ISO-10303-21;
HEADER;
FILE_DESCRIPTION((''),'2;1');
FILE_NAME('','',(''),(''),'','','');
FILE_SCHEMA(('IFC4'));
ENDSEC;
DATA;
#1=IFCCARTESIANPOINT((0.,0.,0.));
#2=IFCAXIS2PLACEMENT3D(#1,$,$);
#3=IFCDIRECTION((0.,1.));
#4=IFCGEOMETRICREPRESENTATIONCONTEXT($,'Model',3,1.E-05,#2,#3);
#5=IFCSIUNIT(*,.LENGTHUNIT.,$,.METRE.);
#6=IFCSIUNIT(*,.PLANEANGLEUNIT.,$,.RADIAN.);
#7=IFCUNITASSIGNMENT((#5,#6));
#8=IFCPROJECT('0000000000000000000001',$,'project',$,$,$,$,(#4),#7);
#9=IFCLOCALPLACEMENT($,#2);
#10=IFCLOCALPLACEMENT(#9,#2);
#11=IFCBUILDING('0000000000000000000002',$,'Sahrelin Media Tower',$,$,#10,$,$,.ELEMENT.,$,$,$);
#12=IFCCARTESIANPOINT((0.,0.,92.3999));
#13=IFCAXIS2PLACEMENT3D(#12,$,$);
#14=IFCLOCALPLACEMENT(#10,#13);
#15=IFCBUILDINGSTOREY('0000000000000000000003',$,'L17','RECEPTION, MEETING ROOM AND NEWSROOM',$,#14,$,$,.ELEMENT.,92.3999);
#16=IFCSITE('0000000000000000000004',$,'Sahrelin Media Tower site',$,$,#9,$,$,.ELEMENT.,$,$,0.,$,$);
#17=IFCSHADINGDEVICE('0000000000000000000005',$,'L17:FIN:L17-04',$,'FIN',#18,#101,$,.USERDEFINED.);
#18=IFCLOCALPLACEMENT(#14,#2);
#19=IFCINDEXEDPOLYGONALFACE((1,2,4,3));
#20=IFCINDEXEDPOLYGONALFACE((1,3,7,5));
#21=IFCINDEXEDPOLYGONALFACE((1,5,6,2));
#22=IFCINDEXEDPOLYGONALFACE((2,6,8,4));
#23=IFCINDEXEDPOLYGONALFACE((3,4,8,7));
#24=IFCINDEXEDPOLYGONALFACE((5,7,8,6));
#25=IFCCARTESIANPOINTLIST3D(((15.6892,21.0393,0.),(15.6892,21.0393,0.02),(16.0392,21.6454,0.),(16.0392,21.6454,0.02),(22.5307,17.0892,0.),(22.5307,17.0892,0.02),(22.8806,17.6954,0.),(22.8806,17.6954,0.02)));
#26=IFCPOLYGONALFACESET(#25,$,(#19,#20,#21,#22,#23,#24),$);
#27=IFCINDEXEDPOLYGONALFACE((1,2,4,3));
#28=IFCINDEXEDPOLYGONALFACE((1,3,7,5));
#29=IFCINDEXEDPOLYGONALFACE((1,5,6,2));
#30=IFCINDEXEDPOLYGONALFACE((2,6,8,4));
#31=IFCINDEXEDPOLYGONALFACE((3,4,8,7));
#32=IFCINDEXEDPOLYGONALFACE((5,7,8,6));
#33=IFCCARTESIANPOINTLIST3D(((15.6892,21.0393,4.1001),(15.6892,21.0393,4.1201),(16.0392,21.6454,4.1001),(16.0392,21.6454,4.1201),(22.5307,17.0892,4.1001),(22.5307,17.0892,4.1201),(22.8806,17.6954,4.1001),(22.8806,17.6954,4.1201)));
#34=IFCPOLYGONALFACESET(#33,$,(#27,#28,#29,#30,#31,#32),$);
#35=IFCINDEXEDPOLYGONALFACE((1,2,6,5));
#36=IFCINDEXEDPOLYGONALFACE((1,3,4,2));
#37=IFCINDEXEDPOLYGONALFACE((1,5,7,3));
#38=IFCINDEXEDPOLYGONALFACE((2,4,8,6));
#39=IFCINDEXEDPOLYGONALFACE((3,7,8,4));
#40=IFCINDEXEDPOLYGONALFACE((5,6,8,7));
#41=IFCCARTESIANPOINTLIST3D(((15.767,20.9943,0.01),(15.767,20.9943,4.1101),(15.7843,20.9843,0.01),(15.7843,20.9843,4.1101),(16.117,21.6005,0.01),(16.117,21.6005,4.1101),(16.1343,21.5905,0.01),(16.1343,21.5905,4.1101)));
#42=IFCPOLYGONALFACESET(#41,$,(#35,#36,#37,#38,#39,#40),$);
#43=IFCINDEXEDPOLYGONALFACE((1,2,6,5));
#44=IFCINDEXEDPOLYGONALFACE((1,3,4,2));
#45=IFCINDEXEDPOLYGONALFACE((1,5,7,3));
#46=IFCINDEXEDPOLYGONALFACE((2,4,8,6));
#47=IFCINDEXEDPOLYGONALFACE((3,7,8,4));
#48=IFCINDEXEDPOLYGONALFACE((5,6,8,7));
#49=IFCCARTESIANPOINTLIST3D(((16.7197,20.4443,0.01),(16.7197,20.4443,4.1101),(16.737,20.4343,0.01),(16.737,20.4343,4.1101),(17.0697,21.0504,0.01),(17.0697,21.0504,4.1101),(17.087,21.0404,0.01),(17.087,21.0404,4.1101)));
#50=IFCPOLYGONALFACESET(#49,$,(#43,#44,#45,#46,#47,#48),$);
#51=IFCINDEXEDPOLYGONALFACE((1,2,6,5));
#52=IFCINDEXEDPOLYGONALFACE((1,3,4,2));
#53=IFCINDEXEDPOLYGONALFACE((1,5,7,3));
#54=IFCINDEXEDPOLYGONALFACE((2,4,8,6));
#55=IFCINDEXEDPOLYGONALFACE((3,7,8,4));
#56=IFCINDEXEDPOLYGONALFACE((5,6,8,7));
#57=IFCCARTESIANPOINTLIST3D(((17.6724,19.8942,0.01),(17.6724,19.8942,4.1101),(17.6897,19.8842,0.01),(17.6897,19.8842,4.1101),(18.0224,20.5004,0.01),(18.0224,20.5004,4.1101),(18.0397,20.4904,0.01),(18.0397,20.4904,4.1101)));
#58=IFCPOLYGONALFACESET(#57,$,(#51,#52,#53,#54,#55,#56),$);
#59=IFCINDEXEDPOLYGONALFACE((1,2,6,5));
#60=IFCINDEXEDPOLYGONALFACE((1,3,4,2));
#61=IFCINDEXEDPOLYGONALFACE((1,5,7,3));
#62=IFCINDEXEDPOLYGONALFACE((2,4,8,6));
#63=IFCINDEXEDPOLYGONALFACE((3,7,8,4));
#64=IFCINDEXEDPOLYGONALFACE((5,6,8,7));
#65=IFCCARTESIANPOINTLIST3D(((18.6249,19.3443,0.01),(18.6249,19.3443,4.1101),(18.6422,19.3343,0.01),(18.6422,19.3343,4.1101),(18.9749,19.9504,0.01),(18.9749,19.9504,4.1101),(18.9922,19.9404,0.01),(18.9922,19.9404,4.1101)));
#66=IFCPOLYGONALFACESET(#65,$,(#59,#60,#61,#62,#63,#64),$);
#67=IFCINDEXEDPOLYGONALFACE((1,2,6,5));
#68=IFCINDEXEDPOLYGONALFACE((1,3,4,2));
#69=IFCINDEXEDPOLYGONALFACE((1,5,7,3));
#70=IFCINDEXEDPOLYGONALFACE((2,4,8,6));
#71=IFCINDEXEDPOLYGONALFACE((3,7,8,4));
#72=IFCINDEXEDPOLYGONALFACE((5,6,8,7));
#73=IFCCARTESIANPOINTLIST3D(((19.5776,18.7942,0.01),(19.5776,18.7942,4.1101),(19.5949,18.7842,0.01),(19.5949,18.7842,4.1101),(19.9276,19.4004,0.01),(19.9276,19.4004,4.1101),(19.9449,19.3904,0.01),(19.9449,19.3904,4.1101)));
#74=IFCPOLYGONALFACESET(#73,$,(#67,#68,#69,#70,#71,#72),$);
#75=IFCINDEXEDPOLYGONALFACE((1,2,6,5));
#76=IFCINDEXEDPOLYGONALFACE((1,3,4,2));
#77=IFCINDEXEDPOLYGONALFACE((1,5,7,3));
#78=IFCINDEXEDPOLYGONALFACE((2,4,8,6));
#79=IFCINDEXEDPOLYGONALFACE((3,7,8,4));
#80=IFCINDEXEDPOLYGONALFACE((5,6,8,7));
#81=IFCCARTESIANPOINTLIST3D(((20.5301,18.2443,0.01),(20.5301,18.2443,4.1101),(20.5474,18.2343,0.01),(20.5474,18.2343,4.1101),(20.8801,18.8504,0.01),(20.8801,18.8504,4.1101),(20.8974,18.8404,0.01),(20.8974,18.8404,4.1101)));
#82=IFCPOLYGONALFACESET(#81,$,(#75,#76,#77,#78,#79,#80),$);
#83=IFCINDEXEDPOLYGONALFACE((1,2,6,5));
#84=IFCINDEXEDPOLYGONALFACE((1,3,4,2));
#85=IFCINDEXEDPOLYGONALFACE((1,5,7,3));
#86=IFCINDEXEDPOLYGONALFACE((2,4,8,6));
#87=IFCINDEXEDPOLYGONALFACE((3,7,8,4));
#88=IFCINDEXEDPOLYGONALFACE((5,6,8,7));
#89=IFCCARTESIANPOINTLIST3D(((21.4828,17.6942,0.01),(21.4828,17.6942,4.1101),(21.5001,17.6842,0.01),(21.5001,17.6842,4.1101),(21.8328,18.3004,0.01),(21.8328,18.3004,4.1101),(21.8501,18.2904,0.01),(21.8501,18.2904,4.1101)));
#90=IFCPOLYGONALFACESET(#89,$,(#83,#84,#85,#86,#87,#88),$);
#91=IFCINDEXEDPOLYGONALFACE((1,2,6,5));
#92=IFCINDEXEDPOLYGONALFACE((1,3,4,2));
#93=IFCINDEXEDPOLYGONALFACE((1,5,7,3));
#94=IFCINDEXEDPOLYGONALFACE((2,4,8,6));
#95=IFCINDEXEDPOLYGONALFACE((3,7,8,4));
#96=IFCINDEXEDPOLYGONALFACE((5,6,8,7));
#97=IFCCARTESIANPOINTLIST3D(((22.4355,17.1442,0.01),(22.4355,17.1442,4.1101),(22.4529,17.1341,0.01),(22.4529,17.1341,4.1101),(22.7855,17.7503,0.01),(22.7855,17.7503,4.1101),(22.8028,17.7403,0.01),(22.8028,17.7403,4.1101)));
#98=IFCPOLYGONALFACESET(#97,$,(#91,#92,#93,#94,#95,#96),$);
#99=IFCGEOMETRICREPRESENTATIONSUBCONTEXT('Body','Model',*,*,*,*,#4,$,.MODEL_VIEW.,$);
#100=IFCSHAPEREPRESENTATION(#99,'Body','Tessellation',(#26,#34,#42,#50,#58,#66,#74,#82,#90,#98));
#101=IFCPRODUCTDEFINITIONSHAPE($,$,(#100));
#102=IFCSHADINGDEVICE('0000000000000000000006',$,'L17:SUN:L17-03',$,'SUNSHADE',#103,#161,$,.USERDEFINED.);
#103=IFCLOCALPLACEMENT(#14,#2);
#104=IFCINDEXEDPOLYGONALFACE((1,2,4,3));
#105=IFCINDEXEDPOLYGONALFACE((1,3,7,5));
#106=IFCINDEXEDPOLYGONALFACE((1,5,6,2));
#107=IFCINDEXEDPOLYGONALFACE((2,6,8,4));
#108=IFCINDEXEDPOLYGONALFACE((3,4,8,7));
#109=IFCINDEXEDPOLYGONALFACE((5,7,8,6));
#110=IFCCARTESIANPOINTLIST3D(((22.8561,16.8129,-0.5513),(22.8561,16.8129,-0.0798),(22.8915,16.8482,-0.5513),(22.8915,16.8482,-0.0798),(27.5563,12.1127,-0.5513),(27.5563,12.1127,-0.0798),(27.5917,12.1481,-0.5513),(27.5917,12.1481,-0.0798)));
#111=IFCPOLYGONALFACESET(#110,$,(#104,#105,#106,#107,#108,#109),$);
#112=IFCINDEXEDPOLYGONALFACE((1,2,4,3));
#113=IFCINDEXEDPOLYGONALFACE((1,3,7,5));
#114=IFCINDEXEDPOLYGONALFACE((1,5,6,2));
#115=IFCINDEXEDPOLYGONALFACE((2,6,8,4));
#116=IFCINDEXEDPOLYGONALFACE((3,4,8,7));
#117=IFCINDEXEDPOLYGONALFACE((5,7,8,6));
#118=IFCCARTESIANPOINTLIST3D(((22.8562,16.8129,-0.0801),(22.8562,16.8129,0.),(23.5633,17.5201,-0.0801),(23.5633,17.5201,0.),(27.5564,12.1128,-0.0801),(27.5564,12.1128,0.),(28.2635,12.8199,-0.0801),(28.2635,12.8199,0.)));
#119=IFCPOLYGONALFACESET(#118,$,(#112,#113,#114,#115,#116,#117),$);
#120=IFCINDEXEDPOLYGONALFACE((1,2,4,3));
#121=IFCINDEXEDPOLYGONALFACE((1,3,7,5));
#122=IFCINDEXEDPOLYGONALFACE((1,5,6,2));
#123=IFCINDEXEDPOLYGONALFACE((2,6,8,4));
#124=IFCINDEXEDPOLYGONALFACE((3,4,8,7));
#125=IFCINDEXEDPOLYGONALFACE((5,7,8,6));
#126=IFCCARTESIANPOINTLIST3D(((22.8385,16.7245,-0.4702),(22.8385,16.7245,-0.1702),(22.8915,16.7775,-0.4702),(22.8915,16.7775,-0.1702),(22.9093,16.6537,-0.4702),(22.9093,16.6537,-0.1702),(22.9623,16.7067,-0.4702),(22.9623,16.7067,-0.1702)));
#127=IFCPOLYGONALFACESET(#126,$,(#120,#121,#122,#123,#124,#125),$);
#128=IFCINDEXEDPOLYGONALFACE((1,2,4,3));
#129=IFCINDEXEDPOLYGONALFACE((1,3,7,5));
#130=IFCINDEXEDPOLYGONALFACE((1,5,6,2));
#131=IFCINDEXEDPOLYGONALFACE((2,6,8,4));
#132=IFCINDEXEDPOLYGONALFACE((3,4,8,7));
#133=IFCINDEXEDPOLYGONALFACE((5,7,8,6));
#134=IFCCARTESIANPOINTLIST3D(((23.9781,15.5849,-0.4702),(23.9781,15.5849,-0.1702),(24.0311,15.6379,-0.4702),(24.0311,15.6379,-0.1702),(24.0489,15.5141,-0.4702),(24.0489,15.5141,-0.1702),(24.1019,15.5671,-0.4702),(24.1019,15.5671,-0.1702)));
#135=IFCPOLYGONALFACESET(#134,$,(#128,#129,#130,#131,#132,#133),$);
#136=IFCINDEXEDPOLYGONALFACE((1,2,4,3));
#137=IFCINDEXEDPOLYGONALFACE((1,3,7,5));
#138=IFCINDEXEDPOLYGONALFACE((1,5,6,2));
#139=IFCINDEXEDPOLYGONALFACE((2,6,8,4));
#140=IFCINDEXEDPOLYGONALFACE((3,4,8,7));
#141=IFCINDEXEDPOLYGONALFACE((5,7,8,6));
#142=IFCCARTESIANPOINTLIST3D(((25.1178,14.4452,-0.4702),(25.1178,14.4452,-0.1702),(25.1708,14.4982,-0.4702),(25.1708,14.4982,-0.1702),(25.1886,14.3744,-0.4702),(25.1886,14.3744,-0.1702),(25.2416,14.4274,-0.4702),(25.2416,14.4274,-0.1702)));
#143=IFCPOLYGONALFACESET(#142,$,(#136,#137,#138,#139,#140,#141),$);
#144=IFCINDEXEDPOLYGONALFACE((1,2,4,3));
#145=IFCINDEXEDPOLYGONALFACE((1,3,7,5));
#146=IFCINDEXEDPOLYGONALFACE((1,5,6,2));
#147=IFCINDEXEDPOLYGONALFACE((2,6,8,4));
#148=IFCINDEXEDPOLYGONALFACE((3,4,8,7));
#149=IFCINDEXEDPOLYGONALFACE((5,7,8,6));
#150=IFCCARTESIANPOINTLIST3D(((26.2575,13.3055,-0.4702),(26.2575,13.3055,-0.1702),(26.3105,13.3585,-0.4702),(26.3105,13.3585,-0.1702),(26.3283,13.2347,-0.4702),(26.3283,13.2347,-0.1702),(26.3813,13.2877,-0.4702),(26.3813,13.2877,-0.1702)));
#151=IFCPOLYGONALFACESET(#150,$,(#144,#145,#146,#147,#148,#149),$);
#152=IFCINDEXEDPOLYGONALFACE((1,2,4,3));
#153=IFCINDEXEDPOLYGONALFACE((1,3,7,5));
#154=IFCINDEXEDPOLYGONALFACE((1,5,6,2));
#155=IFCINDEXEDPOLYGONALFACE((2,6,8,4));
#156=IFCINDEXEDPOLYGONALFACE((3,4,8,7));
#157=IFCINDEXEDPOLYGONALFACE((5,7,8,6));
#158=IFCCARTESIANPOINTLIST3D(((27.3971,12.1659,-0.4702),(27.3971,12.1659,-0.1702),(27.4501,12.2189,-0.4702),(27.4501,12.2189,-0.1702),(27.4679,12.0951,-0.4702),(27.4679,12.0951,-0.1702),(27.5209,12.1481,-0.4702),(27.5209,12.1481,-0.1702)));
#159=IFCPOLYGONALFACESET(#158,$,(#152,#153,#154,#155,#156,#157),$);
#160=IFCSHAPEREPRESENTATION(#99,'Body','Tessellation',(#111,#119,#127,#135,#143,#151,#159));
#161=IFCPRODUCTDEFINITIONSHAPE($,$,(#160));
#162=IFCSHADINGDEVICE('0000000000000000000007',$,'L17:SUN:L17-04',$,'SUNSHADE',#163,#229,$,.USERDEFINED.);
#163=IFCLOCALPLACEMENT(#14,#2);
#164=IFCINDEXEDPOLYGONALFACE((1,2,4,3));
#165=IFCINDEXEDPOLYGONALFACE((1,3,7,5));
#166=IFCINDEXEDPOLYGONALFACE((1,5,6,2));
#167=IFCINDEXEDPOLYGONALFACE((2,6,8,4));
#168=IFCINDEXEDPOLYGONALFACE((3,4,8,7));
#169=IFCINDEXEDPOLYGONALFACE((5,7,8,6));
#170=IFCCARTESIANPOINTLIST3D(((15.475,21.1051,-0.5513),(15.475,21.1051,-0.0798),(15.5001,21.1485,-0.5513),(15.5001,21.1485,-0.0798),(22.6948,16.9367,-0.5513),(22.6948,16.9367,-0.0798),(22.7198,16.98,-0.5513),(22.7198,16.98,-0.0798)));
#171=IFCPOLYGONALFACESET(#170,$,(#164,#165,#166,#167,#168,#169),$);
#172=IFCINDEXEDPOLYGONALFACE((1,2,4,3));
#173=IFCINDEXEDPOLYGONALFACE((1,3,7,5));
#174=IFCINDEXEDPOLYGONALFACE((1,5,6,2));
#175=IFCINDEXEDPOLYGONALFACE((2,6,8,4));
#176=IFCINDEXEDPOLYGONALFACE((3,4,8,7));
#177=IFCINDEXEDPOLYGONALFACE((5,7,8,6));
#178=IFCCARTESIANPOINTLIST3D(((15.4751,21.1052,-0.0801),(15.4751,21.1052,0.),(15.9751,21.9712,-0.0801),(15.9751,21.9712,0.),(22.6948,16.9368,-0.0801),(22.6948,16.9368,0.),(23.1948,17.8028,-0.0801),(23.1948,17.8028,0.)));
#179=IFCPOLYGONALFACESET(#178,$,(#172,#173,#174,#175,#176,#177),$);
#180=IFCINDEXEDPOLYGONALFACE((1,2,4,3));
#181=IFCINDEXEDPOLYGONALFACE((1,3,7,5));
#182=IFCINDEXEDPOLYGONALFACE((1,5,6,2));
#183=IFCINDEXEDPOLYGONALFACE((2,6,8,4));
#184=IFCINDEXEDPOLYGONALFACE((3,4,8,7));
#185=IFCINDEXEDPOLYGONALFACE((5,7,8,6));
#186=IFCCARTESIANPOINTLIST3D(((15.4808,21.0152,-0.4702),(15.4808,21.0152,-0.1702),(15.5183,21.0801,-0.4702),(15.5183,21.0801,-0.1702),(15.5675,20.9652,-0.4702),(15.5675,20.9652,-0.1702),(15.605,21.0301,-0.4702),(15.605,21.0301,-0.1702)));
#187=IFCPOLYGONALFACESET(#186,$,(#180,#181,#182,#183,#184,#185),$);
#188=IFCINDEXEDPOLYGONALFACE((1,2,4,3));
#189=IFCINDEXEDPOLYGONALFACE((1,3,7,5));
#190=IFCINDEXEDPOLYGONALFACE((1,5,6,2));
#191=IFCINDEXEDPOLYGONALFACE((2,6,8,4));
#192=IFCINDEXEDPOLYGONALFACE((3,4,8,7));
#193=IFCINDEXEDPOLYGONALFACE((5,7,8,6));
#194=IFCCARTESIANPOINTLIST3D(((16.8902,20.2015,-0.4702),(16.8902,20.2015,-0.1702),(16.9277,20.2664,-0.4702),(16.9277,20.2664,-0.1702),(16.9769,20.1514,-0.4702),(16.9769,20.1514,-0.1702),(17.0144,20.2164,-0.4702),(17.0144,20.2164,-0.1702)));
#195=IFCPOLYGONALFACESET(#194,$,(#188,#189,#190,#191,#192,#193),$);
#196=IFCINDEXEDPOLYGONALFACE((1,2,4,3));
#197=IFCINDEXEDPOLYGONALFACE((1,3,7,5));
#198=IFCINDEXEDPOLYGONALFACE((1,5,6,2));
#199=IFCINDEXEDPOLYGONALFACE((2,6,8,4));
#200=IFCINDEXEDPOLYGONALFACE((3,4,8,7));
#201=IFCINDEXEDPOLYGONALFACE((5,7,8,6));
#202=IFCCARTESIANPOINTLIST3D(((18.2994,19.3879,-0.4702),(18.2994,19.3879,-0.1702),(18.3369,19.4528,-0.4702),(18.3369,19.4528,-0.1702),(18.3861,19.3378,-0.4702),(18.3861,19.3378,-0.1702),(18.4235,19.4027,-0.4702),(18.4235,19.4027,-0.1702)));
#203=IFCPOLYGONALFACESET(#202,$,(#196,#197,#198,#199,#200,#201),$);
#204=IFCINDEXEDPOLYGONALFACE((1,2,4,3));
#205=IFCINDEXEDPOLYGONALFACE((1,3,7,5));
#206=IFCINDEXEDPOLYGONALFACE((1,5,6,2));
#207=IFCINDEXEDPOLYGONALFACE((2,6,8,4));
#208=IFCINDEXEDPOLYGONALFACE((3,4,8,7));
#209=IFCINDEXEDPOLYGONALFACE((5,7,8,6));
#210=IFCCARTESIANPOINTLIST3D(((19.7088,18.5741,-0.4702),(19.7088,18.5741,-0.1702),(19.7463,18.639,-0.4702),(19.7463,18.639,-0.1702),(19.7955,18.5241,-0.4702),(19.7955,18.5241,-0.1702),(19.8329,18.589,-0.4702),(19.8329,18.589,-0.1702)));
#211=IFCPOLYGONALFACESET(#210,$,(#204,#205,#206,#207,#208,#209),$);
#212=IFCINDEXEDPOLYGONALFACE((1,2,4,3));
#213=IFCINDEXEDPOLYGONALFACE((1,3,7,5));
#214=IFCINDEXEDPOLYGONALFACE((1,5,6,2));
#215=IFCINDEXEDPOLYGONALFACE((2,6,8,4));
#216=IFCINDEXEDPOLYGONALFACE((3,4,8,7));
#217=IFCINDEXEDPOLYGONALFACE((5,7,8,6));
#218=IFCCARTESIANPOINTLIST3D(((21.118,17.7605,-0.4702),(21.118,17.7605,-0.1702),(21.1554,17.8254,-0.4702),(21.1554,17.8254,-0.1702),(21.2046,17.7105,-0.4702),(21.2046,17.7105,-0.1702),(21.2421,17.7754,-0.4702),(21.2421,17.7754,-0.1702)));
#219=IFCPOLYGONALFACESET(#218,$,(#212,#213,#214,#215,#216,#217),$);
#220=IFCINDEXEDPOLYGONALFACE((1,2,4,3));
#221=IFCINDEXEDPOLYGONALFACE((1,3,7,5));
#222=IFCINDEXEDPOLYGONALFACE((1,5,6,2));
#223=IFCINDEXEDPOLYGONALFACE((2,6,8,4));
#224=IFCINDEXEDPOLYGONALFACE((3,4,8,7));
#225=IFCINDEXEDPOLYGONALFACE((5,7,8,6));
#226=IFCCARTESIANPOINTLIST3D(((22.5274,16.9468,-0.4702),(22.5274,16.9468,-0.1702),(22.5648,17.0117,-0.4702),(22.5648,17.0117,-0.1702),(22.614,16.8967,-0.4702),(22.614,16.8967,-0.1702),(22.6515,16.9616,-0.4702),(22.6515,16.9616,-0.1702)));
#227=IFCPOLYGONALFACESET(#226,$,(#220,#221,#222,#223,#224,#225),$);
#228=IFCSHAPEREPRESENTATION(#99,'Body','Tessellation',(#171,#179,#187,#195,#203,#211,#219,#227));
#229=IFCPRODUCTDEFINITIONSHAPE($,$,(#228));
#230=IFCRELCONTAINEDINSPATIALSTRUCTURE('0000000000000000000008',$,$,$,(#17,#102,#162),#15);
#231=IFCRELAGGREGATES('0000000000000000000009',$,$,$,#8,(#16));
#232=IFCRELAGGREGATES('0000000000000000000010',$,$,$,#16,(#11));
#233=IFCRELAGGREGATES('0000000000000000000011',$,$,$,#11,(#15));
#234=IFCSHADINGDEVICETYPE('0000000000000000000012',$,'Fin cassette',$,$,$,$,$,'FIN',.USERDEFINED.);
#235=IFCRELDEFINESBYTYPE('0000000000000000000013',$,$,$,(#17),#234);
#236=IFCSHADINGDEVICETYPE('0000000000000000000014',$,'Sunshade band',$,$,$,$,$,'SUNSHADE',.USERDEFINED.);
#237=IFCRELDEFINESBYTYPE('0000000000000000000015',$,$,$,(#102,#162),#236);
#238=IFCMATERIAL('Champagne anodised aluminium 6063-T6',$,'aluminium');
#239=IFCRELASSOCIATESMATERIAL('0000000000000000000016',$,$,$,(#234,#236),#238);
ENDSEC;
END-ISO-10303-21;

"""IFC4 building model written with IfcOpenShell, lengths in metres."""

from ifc_helpers import new_model, si_unit, direction, frame, origin, origin_2d, place, context, subcontext, project, spatial, rectangle, extrude, material, type_object, element, save


model = new_model("IFC4")

# Units and contexts
model_context = context("Model", 3, precision=1e-05, world=origin(), true_north=direction((0.0, 1.0)))
body_context = subcontext(model_context, "Body", "Model", "MODEL_VIEW")
ifc_project = project(units=[si_unit("LENGTHUNIT", "METRE"), si_unit("PLANEANGLEUNIT", "RADIAN")], contexts=[model_context])

# Site, building, storey
site_placement = place(None, origin())
site = spatial("IfcSite", under=ifc_project, at=site_placement, Name="Sahrelin Media Tower site", CompositionType="ELEMENT", RefElevation=0.0)
building_placement = place(site_placement, origin())
building = spatial("IfcBuilding", under=site, at=building_placement, Name="Sahrelin Media Tower", CompositionType="ELEMENT")
storey_placement = place(building_placement, frame((0.0, 0.0, 92.3999)))
storey = spatial("IfcBuildingStorey", under=building, at=storey_placement, Name="L17", Description="RECEPTION, MEETING ROOM AND NEWSROOM", CompositionType="ELEMENT", Elevation=92.3999)

# Shared definitions
ifc_material_1 = material(Name="Champagne anodised aluminium 6063-T6", Category="aluminium")

# Shading devices
shading_device_type_1 = type_object("IfcShadingDeviceType", Name="Fin cassette", ElementType="FIN", PredefinedType="USERDEFINED", material=ifc_material_1)
placement_1 = place(storey_placement, frame((25.1921, 14.4487, 0.0), z_axis=(0.0, 0.0, 1.0), x_axis=(0.707107, -0.707107, 0.0)))
placement_2 = place(storey_placement, frame((19.075, 19.0037, 0.0), z_axis=(0.0, 0.0, 1.0), x_axis=(0.866019, -0.500011, 0.0)))
element("IfcShadingDevice", 1, at=placement_2, inside=storey, type_object=shading_device_type_1, Name="L17:FIN:L17-04", ObjectType="FIN", PredefinedType="USERDEFINED", context=body_context, shape_type="SweptSolid", body=[
    extrude(rectangle(XDim=7.8999, YDim=0.7, at=origin_2d()), frame((0.0, 0.4199, 0.0)), (0.0, 0.0, 1.0), 0.02),
    extrude(rectangle(XDim=7.8999, YDim=0.7, at=origin_2d()), frame((0.0, 0.4199, 4.1001)), (0.0, 0.0, 1.0), 0.02),
    extrude(rectangle(XDim=0.02, YDim=0.7, at=origin_2d()), frame((-3.8501, 0.4199, 0.01), z_axis=(0.0, 0.0, 1.0), x_axis=(1.0, 0.0, 0.0)), (0.0, 0.0, 1.0), 4.1001),
    extrude(rectangle(XDim=0.02, YDim=0.7, at=origin_2d()), frame((-2.75, 0.4199, 0.01), z_axis=(0.0, 0.0, 1.0), x_axis=(1.0, 0.0, 0.0)), (0.0, 0.0, 1.0), 4.1001),
    extrude(rectangle(XDim=0.02, YDim=0.7, at=origin_2d()), frame((-1.6499, 0.4199, 0.01), z_axis=(0.0, 0.0, 1.0), x_axis=(1.0, 0.0, 0.0)), (0.0, 0.0, 1.0), 4.1001),
    extrude(rectangle(XDim=0.02, YDim=0.7, at=origin_2d()), frame((-0.55, 0.4199, 0.01), z_axis=(0.0, 0.0, 1.0), x_axis=(1.0, 0.0, 0.0)), (0.0, 0.0, 1.0), 4.1001),
    extrude(rectangle(XDim=0.02, YDim=0.7, at=origin_2d()), frame((0.55, 0.4199, 0.01), z_axis=(0.0, 0.0, 1.0), x_axis=(1.0, 0.0, 0.0)), (0.0, 0.0, 1.0), 4.1001),
    extrude(rectangle(XDim=0.02, YDim=0.7, at=origin_2d()), frame((1.6499, 0.4199, 0.01), z_axis=(0.0, 0.0, 1.0), x_axis=(1.0, 0.0, 0.0)), (0.0, 0.0, 1.0), 4.1001),
    extrude(rectangle(XDim=0.02, YDim=0.7, at=origin_2d()), frame((2.75, 0.4199, 0.01), z_axis=(0.0, 0.0, 1.0), x_axis=(1.0, 0.0, 0.0)), (0.0, 0.0, 1.0), 4.1001),
    extrude(rectangle(XDim=0.02, YDim=0.7, at=origin_2d()), frame((3.8501, 0.4199, 0.01), z_axis=(0.0, 0.0, 1.0), x_axis=(1.0, 0.0, 0.0)), (0.0, 0.0, 1.0), 4.1001),
])
shading_device_type_2 = type_object("IfcShadingDeviceType", Name="Sunshade band", ElementType="SUNSHADE", PredefinedType="USERDEFINED", material=ifc_material_1)
element("IfcShadingDevice", 2, at=placement_1, inside=storey, type_object=shading_device_type_2, Name="L17:SUN:L17-03", ObjectType="SUNSHADE", PredefinedType="USERDEFINED", context=body_context, shape_type="SweptSolid", body=[
    extrude(rectangle(XDim=6.647, YDim=0.05, at=origin_2d()), frame((0.0, 0.0449, -0.5513)), (0.0, 0.0, 1.0), 0.4714),
    extrude(rectangle(XDim=6.647, YDim=1.0, at=origin_2d()), frame((0.0, 0.52, -0.0801)), (0.0, 0.0, 1.0), 0.0801),
    extrude(rectangle(XDim=0.1001, YDim=0.075, at=origin_2d()), frame((-3.2234, -0.0176, -0.4702)), (0.0, 0.0, 1.0), 0.3),
    extrude(rectangle(XDim=0.1001, YDim=0.075, at=origin_2d()), frame((-1.6118, -0.0176, -0.4702)), (0.0, 0.0, 1.0), 0.3),
    extrude(rectangle(XDim=0.1001, YDim=0.075, at=origin_2d()), frame((0.0, -0.0176, -0.4702)), (0.0, 0.0, 1.0), 0.3),
    extrude(rectangle(XDim=0.1001, YDim=0.075, at=origin_2d()), frame((1.6118, -0.0176, -0.4702)), (0.0, 0.0, 1.0), 0.3),
    extrude(rectangle(XDim=0.1001, YDim=0.075, at=origin_2d()), frame((3.2234, -0.0176, -0.4702)), (0.0, 0.0, 1.0), 0.3),
])
element("IfcShadingDevice", 3, at=placement_2, inside=storey, type_object=shading_device_type_2, Name="L17:SUN:L17-04", ObjectType="SUNSHADE", PredefinedType="USERDEFINED", context=body_context, shape_type="SweptSolid", body=[
    extrude(rectangle(XDim=8.3367, YDim=0.05, at=origin_2d()), frame((0.0, 0.0449, -0.5513)), (0.0, 0.0, 1.0), 0.4714),
    extrude(rectangle(XDim=8.3367, YDim=1.0, at=origin_2d()), frame((0.0, 0.52, -0.0801)), (0.0, 0.0, 1.0), 0.0801),
    extrude(rectangle(XDim=0.1001, YDim=0.075, at=origin_2d()), frame((-4.0684, -0.0176, -0.4702)), (0.0, 0.0, 1.0), 0.3),
    extrude(rectangle(XDim=0.1001, YDim=0.075, at=origin_2d()), frame((-2.4409, -0.0176, -0.4702)), (0.0, 0.0, 1.0), 0.3),
    extrude(rectangle(XDim=0.1001, YDim=0.075, at=origin_2d()), frame((-0.8137, -0.0176, -0.4702)), (0.0, 0.0, 1.0), 0.3),
    extrude(rectangle(XDim=0.1001, YDim=0.075, at=origin_2d()), frame((0.8137, -0.0176, -0.4702)), (0.0, 0.0, 1.0), 0.3),
    extrude(rectangle(XDim=0.1001, YDim=0.075, at=origin_2d()), frame((2.4409, -0.0176, -0.4702)), (0.0, 0.0, 1.0), 0.3),
    extrude(rectangle(XDim=0.1001, YDim=0.075, at=origin_2d()), frame((4.0684, -0.0176, -0.4702)), (0.0, 0.0, 1.0), 0.3),
])

save(model, "model.ifc")
